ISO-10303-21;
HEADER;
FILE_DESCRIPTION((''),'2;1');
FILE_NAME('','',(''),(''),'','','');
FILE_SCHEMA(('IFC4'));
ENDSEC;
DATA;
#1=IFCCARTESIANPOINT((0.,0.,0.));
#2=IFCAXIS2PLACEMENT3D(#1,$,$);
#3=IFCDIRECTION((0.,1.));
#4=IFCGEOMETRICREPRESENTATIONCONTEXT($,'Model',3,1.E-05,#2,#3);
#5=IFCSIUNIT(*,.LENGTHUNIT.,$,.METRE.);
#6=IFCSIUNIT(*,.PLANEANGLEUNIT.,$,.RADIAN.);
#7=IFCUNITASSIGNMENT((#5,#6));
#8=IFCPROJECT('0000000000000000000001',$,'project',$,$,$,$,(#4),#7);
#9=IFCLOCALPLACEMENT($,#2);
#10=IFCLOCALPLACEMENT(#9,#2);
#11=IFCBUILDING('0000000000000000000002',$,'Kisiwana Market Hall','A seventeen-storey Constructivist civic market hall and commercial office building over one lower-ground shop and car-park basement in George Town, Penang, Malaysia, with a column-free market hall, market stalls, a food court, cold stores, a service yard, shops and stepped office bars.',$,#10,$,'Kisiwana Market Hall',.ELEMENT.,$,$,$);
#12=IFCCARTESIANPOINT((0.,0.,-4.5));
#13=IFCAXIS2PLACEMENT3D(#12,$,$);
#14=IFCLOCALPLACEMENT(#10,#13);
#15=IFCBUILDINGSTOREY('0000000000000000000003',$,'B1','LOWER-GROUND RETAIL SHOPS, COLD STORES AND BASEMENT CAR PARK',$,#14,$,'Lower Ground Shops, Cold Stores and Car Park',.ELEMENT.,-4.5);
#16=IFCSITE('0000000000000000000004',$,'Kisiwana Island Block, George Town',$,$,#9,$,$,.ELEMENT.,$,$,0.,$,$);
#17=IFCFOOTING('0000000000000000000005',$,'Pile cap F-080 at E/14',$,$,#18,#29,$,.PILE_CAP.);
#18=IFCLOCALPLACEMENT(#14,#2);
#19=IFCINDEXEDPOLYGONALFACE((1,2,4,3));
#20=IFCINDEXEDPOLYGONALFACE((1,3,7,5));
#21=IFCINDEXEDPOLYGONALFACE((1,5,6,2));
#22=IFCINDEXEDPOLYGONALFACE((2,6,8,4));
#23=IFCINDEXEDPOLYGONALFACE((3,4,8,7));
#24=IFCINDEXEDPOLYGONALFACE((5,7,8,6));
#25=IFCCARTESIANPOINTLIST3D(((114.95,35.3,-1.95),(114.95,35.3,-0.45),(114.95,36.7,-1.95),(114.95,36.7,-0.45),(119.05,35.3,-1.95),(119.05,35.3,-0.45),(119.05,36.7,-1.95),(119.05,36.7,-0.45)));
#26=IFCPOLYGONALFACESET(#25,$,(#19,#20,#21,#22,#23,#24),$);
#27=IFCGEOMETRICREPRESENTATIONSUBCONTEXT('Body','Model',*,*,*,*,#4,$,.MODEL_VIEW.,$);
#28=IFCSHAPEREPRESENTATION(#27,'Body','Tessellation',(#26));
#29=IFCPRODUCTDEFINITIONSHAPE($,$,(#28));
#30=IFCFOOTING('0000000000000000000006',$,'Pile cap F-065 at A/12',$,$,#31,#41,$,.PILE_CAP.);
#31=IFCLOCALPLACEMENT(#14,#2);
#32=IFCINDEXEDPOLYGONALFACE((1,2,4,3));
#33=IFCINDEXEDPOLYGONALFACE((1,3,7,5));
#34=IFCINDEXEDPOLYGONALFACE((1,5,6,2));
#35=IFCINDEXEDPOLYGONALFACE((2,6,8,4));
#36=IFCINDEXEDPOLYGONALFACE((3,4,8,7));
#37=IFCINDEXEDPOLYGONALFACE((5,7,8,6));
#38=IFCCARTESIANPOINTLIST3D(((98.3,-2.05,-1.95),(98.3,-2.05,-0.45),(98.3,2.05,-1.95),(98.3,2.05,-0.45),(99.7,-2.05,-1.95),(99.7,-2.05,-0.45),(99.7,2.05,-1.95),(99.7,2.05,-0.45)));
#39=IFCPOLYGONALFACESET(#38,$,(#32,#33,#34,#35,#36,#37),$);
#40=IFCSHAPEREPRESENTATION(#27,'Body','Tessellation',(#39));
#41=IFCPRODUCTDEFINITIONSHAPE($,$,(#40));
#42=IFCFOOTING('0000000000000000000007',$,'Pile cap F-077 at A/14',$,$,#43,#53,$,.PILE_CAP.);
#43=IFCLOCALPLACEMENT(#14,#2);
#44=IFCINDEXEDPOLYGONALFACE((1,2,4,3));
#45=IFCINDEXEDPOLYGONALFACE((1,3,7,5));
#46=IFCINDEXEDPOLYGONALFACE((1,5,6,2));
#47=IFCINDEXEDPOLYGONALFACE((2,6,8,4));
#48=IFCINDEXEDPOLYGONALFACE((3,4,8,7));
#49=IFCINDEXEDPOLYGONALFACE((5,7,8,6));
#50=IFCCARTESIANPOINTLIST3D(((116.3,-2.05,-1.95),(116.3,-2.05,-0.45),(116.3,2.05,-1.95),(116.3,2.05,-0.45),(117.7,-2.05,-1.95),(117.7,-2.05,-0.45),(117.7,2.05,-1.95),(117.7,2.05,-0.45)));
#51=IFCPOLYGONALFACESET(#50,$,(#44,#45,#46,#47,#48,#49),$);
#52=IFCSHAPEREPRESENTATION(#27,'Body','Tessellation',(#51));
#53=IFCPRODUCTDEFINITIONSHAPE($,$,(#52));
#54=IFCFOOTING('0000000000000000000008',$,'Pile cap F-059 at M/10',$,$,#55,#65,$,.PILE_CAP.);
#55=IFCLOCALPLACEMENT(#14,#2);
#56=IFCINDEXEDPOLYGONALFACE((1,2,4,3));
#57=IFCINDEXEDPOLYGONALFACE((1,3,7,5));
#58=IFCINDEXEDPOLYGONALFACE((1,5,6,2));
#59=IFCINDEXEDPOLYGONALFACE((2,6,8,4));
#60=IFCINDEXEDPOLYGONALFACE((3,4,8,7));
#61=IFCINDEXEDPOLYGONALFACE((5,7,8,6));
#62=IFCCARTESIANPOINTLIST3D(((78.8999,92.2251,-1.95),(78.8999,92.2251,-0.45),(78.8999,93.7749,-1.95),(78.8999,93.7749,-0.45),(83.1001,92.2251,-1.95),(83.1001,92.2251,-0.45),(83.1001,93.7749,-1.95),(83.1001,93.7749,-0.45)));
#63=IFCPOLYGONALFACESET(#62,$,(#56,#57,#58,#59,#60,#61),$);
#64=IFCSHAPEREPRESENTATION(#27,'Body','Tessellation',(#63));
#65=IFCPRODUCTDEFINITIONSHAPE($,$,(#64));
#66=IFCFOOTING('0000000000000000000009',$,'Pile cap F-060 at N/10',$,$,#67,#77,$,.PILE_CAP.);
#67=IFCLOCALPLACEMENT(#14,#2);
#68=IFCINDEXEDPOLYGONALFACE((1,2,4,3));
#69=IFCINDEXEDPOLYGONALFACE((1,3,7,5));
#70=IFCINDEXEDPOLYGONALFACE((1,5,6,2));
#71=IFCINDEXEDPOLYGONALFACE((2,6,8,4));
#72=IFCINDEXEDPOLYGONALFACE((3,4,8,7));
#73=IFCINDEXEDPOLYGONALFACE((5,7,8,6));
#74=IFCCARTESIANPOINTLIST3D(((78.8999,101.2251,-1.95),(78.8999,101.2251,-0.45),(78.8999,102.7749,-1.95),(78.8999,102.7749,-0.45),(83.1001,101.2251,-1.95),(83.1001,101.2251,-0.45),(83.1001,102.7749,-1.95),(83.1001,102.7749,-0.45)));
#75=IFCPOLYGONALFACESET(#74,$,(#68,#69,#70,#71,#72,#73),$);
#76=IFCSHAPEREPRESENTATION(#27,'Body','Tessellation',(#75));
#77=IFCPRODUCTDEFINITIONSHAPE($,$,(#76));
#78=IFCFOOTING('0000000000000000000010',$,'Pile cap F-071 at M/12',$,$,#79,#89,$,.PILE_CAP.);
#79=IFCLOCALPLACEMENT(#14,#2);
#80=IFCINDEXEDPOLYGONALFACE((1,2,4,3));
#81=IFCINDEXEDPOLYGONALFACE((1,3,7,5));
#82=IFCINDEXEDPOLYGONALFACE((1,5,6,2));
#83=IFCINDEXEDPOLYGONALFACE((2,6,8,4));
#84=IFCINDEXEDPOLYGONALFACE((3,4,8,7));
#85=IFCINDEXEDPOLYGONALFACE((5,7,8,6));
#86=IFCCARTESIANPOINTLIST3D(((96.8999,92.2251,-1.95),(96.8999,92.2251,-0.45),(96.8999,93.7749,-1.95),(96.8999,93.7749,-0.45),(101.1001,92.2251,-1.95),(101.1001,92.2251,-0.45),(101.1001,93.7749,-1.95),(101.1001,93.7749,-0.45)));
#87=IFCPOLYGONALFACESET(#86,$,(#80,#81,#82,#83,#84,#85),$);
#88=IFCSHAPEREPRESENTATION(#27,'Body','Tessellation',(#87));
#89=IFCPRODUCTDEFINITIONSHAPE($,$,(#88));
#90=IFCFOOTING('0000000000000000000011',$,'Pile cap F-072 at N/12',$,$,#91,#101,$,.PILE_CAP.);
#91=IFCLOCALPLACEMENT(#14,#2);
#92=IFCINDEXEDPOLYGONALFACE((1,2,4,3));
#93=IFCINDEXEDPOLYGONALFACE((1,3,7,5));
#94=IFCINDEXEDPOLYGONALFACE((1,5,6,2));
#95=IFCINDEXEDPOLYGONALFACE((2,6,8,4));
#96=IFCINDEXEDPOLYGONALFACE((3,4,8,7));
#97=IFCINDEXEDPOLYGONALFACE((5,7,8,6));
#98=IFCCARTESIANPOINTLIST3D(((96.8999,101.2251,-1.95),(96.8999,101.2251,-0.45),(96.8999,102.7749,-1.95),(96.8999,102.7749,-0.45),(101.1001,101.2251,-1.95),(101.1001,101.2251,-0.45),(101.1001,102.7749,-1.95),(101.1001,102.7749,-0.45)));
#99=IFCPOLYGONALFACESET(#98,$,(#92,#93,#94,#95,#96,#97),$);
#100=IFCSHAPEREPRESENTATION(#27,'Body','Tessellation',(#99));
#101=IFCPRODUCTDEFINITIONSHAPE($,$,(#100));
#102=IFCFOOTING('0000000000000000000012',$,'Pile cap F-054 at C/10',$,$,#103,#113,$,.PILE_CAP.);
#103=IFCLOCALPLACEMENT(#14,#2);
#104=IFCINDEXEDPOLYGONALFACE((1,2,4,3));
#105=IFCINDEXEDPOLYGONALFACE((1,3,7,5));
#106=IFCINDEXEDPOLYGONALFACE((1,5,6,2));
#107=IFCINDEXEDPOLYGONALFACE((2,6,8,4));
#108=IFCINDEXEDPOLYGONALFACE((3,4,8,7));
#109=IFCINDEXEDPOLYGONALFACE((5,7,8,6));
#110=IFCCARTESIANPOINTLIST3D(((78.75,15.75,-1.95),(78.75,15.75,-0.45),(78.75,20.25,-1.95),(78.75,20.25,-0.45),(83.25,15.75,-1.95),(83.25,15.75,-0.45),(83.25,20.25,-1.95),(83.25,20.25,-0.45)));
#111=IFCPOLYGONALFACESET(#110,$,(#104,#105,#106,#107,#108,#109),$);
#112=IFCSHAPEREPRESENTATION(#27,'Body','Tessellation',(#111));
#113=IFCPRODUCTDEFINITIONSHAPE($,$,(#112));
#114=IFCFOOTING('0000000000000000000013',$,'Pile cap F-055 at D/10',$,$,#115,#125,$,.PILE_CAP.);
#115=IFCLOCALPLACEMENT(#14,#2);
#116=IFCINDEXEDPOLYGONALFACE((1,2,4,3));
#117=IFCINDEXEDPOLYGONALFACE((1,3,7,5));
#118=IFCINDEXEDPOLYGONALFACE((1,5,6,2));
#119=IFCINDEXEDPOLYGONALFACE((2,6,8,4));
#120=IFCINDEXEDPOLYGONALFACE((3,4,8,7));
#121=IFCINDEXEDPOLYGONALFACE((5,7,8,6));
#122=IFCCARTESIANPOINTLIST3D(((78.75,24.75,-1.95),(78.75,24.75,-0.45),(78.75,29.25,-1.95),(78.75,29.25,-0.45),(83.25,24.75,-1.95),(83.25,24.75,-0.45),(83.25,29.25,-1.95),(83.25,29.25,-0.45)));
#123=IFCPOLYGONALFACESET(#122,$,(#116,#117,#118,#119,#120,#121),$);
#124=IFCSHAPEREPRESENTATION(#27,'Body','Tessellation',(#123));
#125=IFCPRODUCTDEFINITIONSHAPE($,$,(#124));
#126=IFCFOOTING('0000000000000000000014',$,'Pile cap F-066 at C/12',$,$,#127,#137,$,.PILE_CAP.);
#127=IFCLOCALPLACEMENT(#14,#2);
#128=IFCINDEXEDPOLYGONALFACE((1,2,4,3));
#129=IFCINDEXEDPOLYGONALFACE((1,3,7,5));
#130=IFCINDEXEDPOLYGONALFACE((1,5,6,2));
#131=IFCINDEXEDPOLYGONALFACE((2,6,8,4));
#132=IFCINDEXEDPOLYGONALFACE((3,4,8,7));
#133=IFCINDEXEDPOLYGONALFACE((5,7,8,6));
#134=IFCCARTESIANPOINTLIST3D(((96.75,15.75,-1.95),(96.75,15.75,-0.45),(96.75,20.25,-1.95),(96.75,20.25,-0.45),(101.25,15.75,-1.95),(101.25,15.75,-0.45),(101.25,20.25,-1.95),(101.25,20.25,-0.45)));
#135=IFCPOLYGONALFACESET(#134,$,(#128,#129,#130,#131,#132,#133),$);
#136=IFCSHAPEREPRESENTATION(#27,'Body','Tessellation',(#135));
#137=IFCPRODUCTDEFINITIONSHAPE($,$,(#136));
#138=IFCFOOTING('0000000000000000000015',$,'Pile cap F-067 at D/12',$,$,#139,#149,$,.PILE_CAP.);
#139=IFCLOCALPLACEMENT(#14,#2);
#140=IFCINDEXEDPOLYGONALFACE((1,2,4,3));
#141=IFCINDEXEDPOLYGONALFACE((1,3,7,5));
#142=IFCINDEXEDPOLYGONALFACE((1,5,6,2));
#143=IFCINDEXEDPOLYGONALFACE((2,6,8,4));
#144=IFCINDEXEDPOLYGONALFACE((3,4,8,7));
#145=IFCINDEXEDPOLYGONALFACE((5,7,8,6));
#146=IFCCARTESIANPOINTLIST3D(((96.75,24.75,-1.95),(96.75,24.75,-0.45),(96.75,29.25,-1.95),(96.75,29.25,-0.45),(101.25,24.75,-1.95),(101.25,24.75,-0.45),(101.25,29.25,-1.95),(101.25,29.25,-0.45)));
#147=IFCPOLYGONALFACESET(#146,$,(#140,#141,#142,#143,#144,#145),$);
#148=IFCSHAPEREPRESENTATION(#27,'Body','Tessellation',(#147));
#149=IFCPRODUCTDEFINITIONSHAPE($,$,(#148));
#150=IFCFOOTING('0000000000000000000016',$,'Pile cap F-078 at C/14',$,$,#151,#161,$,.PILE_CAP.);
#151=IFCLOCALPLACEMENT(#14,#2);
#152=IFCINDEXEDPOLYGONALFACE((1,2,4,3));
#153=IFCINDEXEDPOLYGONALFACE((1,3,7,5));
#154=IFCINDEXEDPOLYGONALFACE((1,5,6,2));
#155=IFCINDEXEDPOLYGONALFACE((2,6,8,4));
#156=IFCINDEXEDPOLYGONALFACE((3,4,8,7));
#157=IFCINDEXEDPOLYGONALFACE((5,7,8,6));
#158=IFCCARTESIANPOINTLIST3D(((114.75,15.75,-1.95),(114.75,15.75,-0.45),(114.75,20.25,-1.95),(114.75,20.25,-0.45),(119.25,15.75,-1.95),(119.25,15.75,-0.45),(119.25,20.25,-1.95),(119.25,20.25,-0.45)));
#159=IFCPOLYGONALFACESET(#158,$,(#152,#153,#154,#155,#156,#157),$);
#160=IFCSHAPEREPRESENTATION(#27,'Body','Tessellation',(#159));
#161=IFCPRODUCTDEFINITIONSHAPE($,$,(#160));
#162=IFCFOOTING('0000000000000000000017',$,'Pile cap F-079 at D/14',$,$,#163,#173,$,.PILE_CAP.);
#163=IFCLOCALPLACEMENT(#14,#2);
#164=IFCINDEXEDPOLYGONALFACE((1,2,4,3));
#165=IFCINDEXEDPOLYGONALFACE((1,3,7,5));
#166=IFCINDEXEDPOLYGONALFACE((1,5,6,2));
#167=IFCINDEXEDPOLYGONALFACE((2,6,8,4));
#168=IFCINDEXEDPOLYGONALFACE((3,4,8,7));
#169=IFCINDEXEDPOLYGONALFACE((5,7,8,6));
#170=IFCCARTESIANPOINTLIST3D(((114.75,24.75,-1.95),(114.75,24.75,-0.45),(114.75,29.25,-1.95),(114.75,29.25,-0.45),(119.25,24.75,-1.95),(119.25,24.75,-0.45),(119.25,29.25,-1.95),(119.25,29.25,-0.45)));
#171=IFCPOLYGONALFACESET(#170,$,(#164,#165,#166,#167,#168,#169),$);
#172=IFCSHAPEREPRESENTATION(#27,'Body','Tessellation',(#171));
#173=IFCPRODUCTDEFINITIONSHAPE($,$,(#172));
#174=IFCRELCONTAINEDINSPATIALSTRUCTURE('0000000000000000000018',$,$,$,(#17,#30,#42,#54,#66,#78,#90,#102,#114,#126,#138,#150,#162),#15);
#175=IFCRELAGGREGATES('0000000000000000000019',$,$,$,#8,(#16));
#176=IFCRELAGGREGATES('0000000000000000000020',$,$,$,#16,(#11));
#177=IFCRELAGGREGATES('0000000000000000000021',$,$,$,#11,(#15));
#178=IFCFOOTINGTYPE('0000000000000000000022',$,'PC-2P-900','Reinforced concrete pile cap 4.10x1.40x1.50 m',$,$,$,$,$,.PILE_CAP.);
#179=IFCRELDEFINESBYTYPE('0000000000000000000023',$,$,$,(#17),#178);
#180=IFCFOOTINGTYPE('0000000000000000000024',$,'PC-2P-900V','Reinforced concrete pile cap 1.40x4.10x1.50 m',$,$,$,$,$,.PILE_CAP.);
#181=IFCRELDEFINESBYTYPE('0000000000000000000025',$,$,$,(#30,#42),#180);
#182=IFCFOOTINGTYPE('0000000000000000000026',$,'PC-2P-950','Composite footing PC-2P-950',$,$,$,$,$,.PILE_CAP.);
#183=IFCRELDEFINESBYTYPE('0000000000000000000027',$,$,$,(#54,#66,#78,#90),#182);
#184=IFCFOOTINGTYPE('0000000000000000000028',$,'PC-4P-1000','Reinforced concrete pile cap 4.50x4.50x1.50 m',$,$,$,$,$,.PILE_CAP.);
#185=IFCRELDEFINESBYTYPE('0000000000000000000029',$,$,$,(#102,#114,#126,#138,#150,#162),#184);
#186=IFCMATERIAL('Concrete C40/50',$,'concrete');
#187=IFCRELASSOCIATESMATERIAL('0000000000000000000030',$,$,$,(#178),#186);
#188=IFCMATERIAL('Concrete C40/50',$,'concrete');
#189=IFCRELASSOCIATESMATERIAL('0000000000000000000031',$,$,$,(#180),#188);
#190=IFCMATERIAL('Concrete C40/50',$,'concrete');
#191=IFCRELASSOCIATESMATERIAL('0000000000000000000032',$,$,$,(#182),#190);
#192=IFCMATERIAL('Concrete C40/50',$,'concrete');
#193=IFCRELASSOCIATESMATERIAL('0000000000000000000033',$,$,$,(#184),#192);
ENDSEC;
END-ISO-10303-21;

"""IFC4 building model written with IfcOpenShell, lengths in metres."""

from ifc_helpers import new_model, si_unit, direction, frame, origin, place, context, subcontext, project, spatial, polyline, outline, extrude, material, type_object, element, save


model = new_model("IFC4")

# Units and contexts
model_context = context("Model", 3, precision=1e-05, world=origin(), true_north=direction((0.0, 1.0)))
body_context = subcontext(model_context, "Body", "Model", "MODEL_VIEW")
ifc_project = project(units=[si_unit("LENGTHUNIT", "METRE"), si_unit("PLANEANGLEUNIT", "RADIAN")], contexts=[model_context])

# Site, building, storey
site_placement = place(None, origin())
site = spatial("IfcSite", under=ifc_project, at=site_placement, Name="Kisiwana Island Block, George Town", CompositionType="ELEMENT", RefElevation=0.0)
building_placement = place(site_placement, origin())
building = spatial("IfcBuilding", under=site, at=building_placement, Name="Kisiwana Market Hall", Description="A seventeen-storey Constructivist civic market hall and commercial office building over one lower-ground shop and car-park basement in George Town, Penang, Malaysia, with a column-free market hall, market stalls, a food court, cold stores, a service yard, shops and stepped office bars.", LongName="Kisiwana Market Hall", CompositionType="ELEMENT")
storey_placement = place(building_placement, frame((0.0, 0.0, -4.5)))
storey = spatial("IfcBuildingStorey", under=building, at=storey_placement, Name="B1", Description="LOWER-GROUND RETAIL SHOPS, COLD STORES AND BASEMENT CAR PARK", LongName="Lower Ground Shops, Cold Stores and Car Park", CompositionType="ELEMENT", Elevation=-4.5)

# Footings
ifc_material_1 = material(Name="Concrete C40/50", Category="concrete")
footing_type_1 = type_object("IfcFootingType", Name="PC-2P-900", Description="Reinforced concrete pile cap 4.10x1.40x1.50 m", PredefinedType="PILE_CAP", material=ifc_material_1)
footing_1_placement = place(storey_placement, frame((0.0, 0.0, -1.95)))
element("IfcFooting", 1, at=footing_1_placement, inside=storey, type_object=footing_type_1, Name="Pile cap F-080 at E/14", PredefinedType="PILE_CAP", context=body_context, shape_type="SweptSolid", body=[
    extrude(outline(polyline([(114.95, 35.3), (119.05, 35.3), (119.05, 36.7), (114.95, 36.7), (114.95, 35.3)])), origin(), (0.0, 0.0, 1.0), 1.5),
])
ifc_material_2 = material(Name="Concrete C40/50", Category="concrete")
footing_type_2 = type_object("IfcFootingType", Name="PC-2P-900V", Description="Reinforced concrete pile cap 1.40x4.10x1.50 m", PredefinedType="PILE_CAP", material=ifc_material_2)
footing_2_placement = place(storey_placement, frame((0.0, 0.0, -1.95)))
element("IfcFooting", 2, at=footing_2_placement, inside=storey, type_object=footing_type_2, Name="Pile cap F-065 at A/12", PredefinedType="PILE_CAP", context=body_context, shape_type="SweptSolid", body=[
    extrude(outline(polyline([(98.3, -2.05), (99.7, -2.05), (99.7, 2.05), (98.3, 2.05), (98.3, -2.05)])), origin(), (0.0, 0.0, 1.0), 1.5),
])
footing_3_placement = place(storey_placement, frame((0.0, 0.0, -1.95)))
element("IfcFooting", 3, at=footing_3_placement, inside=storey, type_object=footing_type_2, Name="Pile cap F-077 at A/14", PredefinedType="PILE_CAP", context=body_context, shape_type="SweptSolid", body=[
    extrude(outline(polyline([(116.3, -2.05), (117.7, -2.05), (117.7, 2.05), (116.3, 2.05), (116.3, -2.05)])), origin(), (0.0, 0.0, 1.0), 1.5),
])
ifc_material_3 = material(Name="Concrete C40/50", Category="concrete")
footing_type_3 = type_object("IfcFootingType", Name="PC-2P-950", Description="Composite footing PC-2P-950", PredefinedType="PILE_CAP", material=ifc_material_3)
footing_4_placement = place(storey_placement, frame((0.0, 0.0, -1.95)))
element("IfcFooting", 4, at=footing_4_placement, inside=storey, type_object=footing_type_3, Name="Pile cap F-059 at M/10", PredefinedType="PILE_CAP", context=body_context, shape_type="SweptSolid", body=[
    extrude(outline(polyline([(78.8999, 92.2251), (83.1001, 92.2251), (83.1001, 93.7749), (78.8999, 93.7749), (78.8999, 92.2251)])), origin(), (0.0, 0.0, 1.0), 1.5),
])
footing_5_placement = place(storey_placement, frame((0.0, 0.0, -1.95)))
element("IfcFooting", 5, at=footing_5_placement, inside=storey, type_object=footing_type_3, Name="Pile cap F-060 at N/10", PredefinedType="PILE_CAP", context=body_context, shape_type="SweptSolid", body=[
    extrude(outline(polyline([(78.8999, 101.2251), (83.1001, 101.2251), (83.1001, 102.7749), (78.8999, 102.7749), (78.8999, 101.2251)])), origin(), (0.0, 0.0, 1.0), 1.5),
])
footing_6_placement = place(storey_placement, frame((0.0, 0.0, -1.95)))
element("IfcFooting", 6, at=footing_6_placement, inside=storey, type_object=footing_type_3, Name="Pile cap F-071 at M/12", PredefinedType="PILE_CAP", context=body_context, shape_type="SweptSolid", body=[
    extrude(outline(polyline([(96.8999, 92.2251), (101.1001, 92.2251), (101.1001, 93.7749), (96.8999, 93.7749), (96.8999, 92.2251)])), origin(), (0.0, 0.0, 1.0), 1.5),
])
footing_7_placement = place(storey_placement, frame((0.0, 0.0, -1.95)))
element("IfcFooting", 7, at=footing_7_placement, inside=storey, type_object=footing_type_3, Name="Pile cap F-072 at N/12", PredefinedType="PILE_CAP", context=body_context, shape_type="SweptSolid", body=[
    extrude(outline(polyline([(96.8999, 101.2251), (101.1001, 101.2251), (101.1001, 102.7749), (96.8999, 102.7749), (96.8999, 101.2251)])), origin(), (0.0, 0.0, 1.0), 1.5),
])
ifc_material_4 = material(Name="Concrete C40/50", Category="concrete")
footing_type_4 = type_object("IfcFootingType", Name="PC-4P-1000", Description="Reinforced concrete pile cap 4.50x4.50x1.50 m", PredefinedType="PILE_CAP", material=ifc_material_4)
footing_8_placement = place(storey_placement, frame((0.0, 0.0, -1.95)))
element("IfcFooting", 8, at=footing_8_placement, inside=storey, type_object=footing_type_4, Name="Pile cap F-054 at C/10", PredefinedType="PILE_CAP", context=body_context, shape_type="SweptSolid", body=[
    extrude(outline(polyline([(78.75, 15.75), (83.25, 15.75), (83.25, 20.25), (78.75, 20.25), (78.75, 15.75)])), origin(), (0.0, 0.0, 1.0), 1.5),
])
footing_9_placement = place(storey_placement, frame((0.0, 0.0, -1.95)))
element("IfcFooting", 9, at=footing_9_placement, inside=storey, type_object=footing_type_4, Name="Pile cap F-055 at D/10", PredefinedType="PILE_CAP", context=body_context, shape_type="SweptSolid", body=[
    extrude(outline(polyline([(78.75, 24.75), (83.25, 24.75), (83.25, 29.25), (78.75, 29.25), (78.75, 24.75)])), origin(), (0.0, 0.0, 1.0), 1.5),
])
footing_10_placement = place(storey_placement, frame((0.0, 0.0, -1.95)))
element("IfcFooting", 10, at=footing_10_placement, inside=storey, type_object=footing_type_4, Name="Pile cap F-066 at C/12", PredefinedType="PILE_CAP", context=body_context, shape_type="SweptSolid", body=[
    extrude(outline(polyline([(96.75, 15.75), (101.25, 15.75), (101.25, 20.25), (96.75, 20.25), (96.75, 15.75)])), origin(), (0.0, 0.0, 1.0), 1.5),
])
footing_11_placement = place(storey_placement, frame((0.0, 0.0, -1.95)))
element("IfcFooting", 11, at=footing_11_placement, inside=storey, type_object=footing_type_4, Name="Pile cap F-067 at D/12", PredefinedType="PILE_CAP", context=body_context, shape_type="SweptSolid", body=[
    extrude(outline(polyline([(96.75, 24.75), (101.25, 24.75), (101.25, 29.25), (96.75, 29.25), (96.75, 24.75)])), origin(), (0.0, 0.0, 1.0), 1.5),
])
footing_12_placement = place(storey_placement, frame((0.0, 0.0, -1.95)))
element("IfcFooting", 12, at=footing_12_placement, inside=storey, type_object=footing_type_4, Name="Pile cap F-078 at C/14", PredefinedType="PILE_CAP", context=body_context, shape_type="SweptSolid", body=[
    extrude(outline(polyline([(114.75, 15.75), (119.25, 15.75), (119.25, 20.25), (114.75, 20.25), (114.75, 15.75)])), origin(), (0.0, 0.0, 1.0), 1.5),
])
footing_13_placement = place(storey_placement, frame((0.0, 0.0, -1.95)))
element("IfcFooting", 13, at=footing_13_placement, inside=storey, type_object=footing_type_4, Name="Pile cap F-079 at D/14", PredefinedType="PILE_CAP", context=body_context, shape_type="SweptSolid", body=[
    extrude(outline(polyline([(114.75, 24.75), (119.25, 24.75), (119.25, 29.25), (114.75, 29.25), (114.75, 24.75)])), origin(), (0.0, 0.0, 1.0), 1.5),
])

save(model, "model.ifc")
